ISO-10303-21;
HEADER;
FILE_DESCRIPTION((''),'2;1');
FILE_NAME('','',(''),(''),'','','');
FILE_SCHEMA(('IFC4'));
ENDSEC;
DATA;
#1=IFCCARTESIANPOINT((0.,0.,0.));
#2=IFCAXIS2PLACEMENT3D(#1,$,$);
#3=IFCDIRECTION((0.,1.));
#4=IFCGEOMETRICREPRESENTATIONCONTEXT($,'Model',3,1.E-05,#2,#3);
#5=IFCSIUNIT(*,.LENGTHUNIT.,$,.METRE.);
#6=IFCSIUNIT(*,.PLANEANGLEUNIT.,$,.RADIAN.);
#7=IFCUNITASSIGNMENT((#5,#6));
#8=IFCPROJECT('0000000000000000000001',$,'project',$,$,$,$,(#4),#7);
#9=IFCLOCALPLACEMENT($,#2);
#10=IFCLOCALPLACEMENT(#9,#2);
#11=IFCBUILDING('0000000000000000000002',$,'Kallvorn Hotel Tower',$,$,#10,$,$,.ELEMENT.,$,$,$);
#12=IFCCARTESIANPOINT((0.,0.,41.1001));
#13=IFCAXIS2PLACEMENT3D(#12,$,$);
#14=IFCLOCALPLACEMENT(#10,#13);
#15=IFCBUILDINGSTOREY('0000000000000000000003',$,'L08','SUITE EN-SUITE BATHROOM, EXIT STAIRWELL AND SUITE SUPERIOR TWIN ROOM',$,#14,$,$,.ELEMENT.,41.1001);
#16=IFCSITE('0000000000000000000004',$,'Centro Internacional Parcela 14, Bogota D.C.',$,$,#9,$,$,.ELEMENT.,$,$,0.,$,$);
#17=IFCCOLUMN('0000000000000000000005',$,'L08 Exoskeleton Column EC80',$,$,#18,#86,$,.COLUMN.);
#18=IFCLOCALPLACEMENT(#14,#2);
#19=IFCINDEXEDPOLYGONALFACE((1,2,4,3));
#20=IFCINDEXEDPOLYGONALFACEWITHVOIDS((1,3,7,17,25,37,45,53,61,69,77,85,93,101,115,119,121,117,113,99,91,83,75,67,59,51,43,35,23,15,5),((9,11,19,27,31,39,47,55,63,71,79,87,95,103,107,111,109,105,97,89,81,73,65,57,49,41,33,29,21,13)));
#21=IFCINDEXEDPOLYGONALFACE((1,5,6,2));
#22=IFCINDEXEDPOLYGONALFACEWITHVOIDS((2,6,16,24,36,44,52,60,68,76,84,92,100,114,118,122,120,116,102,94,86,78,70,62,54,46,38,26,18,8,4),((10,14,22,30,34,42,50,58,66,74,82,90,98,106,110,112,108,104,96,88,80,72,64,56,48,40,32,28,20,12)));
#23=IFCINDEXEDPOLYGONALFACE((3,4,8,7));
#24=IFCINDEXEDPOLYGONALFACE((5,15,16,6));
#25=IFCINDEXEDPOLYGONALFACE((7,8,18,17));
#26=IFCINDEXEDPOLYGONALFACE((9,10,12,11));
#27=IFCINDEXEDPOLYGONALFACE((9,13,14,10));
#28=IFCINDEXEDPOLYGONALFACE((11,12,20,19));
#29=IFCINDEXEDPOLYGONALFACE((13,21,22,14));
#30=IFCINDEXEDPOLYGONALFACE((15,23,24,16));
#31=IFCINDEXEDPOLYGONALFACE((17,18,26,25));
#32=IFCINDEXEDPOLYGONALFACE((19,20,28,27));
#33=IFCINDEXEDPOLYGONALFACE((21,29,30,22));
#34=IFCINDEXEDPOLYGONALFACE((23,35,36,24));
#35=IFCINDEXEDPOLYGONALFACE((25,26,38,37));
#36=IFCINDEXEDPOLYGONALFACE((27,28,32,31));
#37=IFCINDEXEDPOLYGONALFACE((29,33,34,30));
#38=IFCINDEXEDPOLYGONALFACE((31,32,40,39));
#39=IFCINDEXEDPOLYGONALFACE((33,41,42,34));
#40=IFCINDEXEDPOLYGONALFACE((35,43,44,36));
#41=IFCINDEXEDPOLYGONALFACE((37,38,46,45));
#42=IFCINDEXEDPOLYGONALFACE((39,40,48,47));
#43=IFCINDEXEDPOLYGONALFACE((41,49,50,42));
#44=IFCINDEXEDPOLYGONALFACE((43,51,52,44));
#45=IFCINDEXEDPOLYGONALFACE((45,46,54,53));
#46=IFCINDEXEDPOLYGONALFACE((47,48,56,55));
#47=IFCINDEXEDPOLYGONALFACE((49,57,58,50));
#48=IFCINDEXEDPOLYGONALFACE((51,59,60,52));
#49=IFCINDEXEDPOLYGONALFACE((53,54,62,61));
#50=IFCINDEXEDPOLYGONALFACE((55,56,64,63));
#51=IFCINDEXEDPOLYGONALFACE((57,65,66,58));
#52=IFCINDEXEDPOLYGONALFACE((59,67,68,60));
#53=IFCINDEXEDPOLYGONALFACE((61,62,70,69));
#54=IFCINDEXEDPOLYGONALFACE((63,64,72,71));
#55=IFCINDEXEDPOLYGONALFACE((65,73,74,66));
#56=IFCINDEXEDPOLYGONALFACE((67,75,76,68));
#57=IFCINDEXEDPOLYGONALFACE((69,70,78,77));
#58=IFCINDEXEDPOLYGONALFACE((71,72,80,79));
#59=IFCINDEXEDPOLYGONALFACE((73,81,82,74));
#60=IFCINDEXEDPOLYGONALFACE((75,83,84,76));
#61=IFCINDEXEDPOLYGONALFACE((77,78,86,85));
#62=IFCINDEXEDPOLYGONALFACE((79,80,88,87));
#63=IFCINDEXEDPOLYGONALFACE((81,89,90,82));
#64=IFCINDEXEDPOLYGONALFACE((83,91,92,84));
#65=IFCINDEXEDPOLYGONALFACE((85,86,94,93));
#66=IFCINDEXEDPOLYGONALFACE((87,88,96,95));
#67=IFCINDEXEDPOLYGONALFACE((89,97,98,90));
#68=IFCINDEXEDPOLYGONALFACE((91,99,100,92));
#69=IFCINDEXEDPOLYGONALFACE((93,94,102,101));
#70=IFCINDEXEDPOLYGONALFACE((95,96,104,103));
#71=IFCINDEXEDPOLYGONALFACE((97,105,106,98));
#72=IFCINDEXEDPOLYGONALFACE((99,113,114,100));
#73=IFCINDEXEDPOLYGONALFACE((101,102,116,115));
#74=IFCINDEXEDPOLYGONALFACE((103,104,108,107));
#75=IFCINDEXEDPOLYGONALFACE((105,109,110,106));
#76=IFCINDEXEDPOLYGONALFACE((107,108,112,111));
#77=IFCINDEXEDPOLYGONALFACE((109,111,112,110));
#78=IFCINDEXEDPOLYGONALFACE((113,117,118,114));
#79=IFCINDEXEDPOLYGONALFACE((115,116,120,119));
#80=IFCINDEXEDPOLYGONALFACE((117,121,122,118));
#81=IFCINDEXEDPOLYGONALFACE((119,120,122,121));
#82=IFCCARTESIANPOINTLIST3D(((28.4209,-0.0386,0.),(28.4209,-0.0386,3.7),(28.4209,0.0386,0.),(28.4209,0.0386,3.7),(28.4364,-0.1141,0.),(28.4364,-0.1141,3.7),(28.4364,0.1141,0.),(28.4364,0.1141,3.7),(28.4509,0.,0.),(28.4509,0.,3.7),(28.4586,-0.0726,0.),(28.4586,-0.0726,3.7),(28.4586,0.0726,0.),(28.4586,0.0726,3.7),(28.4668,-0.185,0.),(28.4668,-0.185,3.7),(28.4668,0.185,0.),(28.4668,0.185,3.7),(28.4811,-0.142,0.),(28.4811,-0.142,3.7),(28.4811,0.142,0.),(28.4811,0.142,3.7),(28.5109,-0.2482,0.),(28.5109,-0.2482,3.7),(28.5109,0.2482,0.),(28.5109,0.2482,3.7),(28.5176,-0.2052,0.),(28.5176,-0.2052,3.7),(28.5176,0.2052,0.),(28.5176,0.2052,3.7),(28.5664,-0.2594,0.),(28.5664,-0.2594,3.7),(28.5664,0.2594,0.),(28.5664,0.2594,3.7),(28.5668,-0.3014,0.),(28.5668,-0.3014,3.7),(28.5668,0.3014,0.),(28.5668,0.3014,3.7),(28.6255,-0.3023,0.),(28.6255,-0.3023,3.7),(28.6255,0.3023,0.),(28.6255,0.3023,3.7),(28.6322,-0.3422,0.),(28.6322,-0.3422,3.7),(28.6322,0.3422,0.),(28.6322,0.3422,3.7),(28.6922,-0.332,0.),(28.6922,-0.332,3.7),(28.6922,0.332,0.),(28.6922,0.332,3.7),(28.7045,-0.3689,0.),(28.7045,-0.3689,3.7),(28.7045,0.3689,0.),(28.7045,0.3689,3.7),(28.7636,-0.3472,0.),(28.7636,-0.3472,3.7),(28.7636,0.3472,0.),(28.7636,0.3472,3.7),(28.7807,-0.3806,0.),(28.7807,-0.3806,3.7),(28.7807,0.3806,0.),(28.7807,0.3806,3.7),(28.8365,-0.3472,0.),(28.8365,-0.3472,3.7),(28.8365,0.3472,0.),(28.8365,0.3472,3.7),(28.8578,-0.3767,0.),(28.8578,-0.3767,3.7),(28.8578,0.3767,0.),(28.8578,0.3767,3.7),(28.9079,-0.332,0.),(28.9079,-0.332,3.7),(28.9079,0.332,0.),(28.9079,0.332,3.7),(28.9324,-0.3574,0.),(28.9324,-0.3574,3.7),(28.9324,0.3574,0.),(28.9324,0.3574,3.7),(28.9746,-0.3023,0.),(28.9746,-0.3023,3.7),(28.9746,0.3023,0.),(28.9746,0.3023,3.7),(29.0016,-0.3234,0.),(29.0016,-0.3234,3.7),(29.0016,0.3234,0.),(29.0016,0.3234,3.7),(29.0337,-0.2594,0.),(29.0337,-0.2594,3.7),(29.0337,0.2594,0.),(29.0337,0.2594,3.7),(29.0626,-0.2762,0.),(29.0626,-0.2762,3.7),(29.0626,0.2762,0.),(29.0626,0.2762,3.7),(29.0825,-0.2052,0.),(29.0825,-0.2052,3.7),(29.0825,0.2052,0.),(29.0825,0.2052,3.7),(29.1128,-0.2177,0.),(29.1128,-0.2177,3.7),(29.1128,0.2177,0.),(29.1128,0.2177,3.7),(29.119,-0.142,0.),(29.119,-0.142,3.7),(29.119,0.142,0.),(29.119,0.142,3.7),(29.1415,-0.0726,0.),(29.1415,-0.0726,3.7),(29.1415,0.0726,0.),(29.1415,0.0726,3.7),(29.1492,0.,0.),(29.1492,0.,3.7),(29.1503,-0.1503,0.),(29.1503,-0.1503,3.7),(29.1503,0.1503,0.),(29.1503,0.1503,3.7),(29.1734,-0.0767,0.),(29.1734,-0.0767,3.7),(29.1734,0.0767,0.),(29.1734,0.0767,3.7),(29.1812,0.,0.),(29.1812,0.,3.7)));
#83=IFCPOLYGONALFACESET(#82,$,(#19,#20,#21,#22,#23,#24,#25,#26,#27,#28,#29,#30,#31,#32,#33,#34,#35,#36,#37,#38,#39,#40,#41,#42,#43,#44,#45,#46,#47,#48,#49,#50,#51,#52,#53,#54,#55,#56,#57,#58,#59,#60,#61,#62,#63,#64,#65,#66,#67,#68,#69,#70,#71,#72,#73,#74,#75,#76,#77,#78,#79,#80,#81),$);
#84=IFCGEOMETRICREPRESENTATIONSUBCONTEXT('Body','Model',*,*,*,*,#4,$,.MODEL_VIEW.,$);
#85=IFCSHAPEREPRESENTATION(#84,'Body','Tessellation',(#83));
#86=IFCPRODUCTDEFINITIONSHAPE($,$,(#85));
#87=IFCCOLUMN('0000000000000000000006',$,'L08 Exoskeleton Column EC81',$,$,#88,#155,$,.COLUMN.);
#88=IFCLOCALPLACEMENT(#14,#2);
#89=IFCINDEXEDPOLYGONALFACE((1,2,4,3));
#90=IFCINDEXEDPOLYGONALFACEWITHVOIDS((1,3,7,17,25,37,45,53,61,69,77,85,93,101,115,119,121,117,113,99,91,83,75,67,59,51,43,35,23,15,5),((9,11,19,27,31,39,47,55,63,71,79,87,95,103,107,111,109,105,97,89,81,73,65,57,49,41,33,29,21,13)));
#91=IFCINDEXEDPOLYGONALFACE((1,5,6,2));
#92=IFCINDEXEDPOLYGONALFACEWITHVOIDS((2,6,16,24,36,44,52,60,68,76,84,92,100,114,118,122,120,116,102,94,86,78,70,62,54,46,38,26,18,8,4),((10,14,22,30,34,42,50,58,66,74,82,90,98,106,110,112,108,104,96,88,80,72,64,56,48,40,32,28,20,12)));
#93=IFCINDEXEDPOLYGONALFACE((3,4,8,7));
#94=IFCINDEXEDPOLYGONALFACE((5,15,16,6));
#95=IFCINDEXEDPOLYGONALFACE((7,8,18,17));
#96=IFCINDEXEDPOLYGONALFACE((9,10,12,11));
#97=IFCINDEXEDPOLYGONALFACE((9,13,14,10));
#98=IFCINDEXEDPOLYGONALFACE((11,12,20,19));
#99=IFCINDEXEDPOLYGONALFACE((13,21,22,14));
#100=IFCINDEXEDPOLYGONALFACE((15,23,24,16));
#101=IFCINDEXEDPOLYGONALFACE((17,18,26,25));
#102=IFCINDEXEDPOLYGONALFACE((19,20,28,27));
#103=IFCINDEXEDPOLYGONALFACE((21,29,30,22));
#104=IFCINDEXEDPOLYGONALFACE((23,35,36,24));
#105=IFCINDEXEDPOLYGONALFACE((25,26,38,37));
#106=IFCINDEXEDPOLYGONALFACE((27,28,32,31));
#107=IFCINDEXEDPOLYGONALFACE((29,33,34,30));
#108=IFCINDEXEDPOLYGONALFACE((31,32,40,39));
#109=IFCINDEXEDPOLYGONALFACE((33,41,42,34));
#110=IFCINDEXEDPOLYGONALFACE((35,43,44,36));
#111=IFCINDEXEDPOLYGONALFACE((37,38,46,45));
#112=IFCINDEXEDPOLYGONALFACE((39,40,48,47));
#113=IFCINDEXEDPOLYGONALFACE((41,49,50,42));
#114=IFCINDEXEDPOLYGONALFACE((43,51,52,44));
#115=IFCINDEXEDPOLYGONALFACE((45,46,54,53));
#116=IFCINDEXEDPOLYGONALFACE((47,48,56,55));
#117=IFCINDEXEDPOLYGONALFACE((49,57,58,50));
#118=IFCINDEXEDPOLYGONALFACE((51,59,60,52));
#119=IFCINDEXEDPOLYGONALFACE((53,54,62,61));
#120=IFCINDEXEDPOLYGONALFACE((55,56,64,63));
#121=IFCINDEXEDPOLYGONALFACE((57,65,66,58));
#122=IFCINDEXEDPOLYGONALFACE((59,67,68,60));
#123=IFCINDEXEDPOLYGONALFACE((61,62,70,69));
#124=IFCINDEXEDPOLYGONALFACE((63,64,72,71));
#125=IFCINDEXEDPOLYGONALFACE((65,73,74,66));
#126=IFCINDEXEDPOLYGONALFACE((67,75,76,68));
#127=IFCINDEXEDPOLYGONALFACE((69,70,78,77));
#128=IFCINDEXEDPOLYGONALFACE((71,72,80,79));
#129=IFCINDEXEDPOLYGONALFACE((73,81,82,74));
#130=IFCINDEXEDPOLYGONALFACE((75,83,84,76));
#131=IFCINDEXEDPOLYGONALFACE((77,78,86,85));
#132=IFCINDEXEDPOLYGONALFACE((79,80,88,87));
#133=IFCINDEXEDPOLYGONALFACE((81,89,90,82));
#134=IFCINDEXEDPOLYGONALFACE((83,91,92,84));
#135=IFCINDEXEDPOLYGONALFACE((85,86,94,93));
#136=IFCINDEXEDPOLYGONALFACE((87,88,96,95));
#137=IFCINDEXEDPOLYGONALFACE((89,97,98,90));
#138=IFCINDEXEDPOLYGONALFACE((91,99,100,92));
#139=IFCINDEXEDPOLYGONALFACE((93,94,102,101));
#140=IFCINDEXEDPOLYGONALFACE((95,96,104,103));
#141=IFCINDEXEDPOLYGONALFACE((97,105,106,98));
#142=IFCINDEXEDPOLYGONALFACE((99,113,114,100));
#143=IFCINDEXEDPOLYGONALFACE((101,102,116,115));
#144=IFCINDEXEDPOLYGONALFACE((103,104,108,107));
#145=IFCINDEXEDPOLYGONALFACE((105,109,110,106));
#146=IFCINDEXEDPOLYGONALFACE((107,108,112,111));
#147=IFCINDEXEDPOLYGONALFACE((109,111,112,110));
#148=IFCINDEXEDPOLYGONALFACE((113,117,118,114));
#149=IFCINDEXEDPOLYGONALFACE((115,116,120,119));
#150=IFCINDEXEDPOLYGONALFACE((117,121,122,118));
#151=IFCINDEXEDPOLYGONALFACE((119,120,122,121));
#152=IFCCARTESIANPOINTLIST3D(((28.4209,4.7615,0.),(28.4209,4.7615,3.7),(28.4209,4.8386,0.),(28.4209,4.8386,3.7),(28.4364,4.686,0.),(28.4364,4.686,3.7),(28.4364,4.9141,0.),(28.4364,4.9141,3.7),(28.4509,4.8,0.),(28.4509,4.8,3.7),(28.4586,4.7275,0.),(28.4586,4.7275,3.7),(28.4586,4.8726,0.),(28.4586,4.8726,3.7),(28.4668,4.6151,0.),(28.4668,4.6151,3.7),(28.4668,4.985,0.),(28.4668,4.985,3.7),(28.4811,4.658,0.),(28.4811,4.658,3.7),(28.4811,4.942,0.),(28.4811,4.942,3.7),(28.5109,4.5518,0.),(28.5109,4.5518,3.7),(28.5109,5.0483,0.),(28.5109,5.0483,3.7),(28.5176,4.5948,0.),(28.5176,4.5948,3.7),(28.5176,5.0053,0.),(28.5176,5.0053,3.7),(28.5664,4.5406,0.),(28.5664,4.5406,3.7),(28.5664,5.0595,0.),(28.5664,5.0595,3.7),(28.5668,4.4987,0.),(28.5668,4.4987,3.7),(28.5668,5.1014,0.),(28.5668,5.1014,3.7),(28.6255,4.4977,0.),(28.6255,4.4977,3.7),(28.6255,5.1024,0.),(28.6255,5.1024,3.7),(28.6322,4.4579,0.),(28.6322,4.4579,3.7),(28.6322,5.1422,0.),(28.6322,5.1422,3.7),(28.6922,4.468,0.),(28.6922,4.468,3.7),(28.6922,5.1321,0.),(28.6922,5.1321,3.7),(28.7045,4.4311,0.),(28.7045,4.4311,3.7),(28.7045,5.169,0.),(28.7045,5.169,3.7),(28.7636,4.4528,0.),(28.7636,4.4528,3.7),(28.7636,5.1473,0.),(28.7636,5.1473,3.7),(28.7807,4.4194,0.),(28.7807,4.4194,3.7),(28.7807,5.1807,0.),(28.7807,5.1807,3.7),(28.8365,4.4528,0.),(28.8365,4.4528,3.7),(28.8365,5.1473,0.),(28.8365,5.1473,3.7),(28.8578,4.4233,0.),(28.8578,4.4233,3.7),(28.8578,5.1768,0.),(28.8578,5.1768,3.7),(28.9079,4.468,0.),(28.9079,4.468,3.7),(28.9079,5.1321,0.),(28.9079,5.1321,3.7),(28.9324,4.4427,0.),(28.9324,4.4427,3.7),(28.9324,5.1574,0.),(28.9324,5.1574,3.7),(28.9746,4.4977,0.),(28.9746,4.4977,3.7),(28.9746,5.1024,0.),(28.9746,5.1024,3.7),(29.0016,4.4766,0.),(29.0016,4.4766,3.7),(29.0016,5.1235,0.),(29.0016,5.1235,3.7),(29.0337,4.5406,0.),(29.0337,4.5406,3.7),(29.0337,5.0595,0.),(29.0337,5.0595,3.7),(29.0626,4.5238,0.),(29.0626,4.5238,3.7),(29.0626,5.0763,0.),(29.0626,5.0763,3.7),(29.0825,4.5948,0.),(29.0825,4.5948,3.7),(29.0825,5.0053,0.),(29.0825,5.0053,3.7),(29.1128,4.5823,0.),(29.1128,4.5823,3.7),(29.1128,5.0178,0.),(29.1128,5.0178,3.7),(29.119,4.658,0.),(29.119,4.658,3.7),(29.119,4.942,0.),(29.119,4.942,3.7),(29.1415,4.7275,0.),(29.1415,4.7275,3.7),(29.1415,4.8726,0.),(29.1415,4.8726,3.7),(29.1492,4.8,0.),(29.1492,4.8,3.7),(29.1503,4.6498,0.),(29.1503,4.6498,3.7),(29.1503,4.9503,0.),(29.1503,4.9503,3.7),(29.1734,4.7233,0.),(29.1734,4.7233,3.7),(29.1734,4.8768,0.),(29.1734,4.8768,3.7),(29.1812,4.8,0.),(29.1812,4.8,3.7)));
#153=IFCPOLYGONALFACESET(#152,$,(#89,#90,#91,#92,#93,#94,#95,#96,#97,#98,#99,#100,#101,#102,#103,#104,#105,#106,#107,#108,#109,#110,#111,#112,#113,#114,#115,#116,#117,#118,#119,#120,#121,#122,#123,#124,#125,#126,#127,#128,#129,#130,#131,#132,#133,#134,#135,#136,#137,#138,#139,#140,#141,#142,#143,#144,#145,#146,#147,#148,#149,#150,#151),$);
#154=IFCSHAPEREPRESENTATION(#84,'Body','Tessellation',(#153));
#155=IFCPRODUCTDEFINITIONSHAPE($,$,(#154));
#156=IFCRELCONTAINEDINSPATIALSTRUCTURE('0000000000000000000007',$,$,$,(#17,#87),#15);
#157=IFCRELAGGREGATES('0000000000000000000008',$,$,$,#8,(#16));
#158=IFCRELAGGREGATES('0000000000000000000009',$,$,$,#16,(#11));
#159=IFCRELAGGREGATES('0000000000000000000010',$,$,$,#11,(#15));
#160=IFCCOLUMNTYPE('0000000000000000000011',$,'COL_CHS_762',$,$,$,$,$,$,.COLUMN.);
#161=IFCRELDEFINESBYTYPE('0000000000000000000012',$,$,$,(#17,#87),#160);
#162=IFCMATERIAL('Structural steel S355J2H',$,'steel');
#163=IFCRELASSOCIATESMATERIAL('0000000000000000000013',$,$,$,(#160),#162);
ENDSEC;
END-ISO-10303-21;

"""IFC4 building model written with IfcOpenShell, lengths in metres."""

from ifc_helpers import new_model, si_unit, direction, frame, origin, origin_2d, place, context, subcontext, project, spatial, hollow_circle, extrude, material, material_profile, profile_set, type_object, element, save


model = new_model("IFC4")

# Units and contexts
model_context = context("Model", 3, precision=1e-05, world=origin(), true_north=direction((0.0, 1.0)))
body_context = subcontext(model_context, "Body", "Model", "MODEL_VIEW")
ifc_project = project(units=[si_unit("LENGTHUNIT", "METRE"), si_unit("PLANEANGLEUNIT", "RADIAN")], contexts=[model_context])

# Site, building, storey
site_placement = place(None, origin())
site = spatial("IfcSite", under=ifc_project, at=site_placement, Name="Centro Internacional Parcela 14, Bogota D.C.", CompositionType="ELEMENT", RefElevation=0.0)
building_placement = place(site_placement, origin())
building = spatial("IfcBuilding", under=site, at=building_placement, Name="Kallvorn Hotel Tower", CompositionType="ELEMENT")
storey_placement = place(building_placement, frame((0.0, 0.0, 41.1001)))
storey = spatial("IfcBuildingStorey", under=building, at=storey_placement, Name="L08", Description="SUITE EN-SUITE BATHROOM, EXIT STAIRWELL AND SUITE SUPERIOR TWIN ROOM", CompositionType="ELEMENT", Elevation=41.1001)

# Columns
ifc_material_1 = material(Name="Structural steel S355J2H", Category="steel")
ifc_material_profile_1 = material_profile(ifc_material_1, hollow_circle(Radius=0.3811, WallThickness=0.032, at=origin_2d()), Name="CHS 762x32")
ifc_profile_set_1 = profile_set([ifc_material_profile_1], Name="Structural steel S355J2H")
column_type_1 = type_object("IfcColumnType", Name="COL_CHS_762", PredefinedType="COLUMN", material=ifc_profile_set_1)
for number, where, z_axis, x_axis, name in (
    (1, (28.8, 0.0, 0.0), (0.0, 0.0, 1.0), (1.0, 0.0, 0.0), "L08 Exoskeleton Column EC80"),
    (2, (28.8, 4.8, 0.0), (0.0, 0.0, 1.0), (1.0, 0.0, 0.0), "L08 Exoskeleton Column EC81"),
):
    element("IfcColumn", number, at=place(storey_placement, frame(where, z_axis=z_axis, x_axis=x_axis)), inside=storey, type_object=column_type_1, Name=name, PredefinedType="COLUMN", context=body_context, shape_type="SweptSolid", body=[
        extrude(hollow_circle(Radius=0.3811, WallThickness=0.032, at=origin_2d()), origin(), (0.0, 0.0, 1.0), 3.7),
    ])

save(model, "model.ifc")
